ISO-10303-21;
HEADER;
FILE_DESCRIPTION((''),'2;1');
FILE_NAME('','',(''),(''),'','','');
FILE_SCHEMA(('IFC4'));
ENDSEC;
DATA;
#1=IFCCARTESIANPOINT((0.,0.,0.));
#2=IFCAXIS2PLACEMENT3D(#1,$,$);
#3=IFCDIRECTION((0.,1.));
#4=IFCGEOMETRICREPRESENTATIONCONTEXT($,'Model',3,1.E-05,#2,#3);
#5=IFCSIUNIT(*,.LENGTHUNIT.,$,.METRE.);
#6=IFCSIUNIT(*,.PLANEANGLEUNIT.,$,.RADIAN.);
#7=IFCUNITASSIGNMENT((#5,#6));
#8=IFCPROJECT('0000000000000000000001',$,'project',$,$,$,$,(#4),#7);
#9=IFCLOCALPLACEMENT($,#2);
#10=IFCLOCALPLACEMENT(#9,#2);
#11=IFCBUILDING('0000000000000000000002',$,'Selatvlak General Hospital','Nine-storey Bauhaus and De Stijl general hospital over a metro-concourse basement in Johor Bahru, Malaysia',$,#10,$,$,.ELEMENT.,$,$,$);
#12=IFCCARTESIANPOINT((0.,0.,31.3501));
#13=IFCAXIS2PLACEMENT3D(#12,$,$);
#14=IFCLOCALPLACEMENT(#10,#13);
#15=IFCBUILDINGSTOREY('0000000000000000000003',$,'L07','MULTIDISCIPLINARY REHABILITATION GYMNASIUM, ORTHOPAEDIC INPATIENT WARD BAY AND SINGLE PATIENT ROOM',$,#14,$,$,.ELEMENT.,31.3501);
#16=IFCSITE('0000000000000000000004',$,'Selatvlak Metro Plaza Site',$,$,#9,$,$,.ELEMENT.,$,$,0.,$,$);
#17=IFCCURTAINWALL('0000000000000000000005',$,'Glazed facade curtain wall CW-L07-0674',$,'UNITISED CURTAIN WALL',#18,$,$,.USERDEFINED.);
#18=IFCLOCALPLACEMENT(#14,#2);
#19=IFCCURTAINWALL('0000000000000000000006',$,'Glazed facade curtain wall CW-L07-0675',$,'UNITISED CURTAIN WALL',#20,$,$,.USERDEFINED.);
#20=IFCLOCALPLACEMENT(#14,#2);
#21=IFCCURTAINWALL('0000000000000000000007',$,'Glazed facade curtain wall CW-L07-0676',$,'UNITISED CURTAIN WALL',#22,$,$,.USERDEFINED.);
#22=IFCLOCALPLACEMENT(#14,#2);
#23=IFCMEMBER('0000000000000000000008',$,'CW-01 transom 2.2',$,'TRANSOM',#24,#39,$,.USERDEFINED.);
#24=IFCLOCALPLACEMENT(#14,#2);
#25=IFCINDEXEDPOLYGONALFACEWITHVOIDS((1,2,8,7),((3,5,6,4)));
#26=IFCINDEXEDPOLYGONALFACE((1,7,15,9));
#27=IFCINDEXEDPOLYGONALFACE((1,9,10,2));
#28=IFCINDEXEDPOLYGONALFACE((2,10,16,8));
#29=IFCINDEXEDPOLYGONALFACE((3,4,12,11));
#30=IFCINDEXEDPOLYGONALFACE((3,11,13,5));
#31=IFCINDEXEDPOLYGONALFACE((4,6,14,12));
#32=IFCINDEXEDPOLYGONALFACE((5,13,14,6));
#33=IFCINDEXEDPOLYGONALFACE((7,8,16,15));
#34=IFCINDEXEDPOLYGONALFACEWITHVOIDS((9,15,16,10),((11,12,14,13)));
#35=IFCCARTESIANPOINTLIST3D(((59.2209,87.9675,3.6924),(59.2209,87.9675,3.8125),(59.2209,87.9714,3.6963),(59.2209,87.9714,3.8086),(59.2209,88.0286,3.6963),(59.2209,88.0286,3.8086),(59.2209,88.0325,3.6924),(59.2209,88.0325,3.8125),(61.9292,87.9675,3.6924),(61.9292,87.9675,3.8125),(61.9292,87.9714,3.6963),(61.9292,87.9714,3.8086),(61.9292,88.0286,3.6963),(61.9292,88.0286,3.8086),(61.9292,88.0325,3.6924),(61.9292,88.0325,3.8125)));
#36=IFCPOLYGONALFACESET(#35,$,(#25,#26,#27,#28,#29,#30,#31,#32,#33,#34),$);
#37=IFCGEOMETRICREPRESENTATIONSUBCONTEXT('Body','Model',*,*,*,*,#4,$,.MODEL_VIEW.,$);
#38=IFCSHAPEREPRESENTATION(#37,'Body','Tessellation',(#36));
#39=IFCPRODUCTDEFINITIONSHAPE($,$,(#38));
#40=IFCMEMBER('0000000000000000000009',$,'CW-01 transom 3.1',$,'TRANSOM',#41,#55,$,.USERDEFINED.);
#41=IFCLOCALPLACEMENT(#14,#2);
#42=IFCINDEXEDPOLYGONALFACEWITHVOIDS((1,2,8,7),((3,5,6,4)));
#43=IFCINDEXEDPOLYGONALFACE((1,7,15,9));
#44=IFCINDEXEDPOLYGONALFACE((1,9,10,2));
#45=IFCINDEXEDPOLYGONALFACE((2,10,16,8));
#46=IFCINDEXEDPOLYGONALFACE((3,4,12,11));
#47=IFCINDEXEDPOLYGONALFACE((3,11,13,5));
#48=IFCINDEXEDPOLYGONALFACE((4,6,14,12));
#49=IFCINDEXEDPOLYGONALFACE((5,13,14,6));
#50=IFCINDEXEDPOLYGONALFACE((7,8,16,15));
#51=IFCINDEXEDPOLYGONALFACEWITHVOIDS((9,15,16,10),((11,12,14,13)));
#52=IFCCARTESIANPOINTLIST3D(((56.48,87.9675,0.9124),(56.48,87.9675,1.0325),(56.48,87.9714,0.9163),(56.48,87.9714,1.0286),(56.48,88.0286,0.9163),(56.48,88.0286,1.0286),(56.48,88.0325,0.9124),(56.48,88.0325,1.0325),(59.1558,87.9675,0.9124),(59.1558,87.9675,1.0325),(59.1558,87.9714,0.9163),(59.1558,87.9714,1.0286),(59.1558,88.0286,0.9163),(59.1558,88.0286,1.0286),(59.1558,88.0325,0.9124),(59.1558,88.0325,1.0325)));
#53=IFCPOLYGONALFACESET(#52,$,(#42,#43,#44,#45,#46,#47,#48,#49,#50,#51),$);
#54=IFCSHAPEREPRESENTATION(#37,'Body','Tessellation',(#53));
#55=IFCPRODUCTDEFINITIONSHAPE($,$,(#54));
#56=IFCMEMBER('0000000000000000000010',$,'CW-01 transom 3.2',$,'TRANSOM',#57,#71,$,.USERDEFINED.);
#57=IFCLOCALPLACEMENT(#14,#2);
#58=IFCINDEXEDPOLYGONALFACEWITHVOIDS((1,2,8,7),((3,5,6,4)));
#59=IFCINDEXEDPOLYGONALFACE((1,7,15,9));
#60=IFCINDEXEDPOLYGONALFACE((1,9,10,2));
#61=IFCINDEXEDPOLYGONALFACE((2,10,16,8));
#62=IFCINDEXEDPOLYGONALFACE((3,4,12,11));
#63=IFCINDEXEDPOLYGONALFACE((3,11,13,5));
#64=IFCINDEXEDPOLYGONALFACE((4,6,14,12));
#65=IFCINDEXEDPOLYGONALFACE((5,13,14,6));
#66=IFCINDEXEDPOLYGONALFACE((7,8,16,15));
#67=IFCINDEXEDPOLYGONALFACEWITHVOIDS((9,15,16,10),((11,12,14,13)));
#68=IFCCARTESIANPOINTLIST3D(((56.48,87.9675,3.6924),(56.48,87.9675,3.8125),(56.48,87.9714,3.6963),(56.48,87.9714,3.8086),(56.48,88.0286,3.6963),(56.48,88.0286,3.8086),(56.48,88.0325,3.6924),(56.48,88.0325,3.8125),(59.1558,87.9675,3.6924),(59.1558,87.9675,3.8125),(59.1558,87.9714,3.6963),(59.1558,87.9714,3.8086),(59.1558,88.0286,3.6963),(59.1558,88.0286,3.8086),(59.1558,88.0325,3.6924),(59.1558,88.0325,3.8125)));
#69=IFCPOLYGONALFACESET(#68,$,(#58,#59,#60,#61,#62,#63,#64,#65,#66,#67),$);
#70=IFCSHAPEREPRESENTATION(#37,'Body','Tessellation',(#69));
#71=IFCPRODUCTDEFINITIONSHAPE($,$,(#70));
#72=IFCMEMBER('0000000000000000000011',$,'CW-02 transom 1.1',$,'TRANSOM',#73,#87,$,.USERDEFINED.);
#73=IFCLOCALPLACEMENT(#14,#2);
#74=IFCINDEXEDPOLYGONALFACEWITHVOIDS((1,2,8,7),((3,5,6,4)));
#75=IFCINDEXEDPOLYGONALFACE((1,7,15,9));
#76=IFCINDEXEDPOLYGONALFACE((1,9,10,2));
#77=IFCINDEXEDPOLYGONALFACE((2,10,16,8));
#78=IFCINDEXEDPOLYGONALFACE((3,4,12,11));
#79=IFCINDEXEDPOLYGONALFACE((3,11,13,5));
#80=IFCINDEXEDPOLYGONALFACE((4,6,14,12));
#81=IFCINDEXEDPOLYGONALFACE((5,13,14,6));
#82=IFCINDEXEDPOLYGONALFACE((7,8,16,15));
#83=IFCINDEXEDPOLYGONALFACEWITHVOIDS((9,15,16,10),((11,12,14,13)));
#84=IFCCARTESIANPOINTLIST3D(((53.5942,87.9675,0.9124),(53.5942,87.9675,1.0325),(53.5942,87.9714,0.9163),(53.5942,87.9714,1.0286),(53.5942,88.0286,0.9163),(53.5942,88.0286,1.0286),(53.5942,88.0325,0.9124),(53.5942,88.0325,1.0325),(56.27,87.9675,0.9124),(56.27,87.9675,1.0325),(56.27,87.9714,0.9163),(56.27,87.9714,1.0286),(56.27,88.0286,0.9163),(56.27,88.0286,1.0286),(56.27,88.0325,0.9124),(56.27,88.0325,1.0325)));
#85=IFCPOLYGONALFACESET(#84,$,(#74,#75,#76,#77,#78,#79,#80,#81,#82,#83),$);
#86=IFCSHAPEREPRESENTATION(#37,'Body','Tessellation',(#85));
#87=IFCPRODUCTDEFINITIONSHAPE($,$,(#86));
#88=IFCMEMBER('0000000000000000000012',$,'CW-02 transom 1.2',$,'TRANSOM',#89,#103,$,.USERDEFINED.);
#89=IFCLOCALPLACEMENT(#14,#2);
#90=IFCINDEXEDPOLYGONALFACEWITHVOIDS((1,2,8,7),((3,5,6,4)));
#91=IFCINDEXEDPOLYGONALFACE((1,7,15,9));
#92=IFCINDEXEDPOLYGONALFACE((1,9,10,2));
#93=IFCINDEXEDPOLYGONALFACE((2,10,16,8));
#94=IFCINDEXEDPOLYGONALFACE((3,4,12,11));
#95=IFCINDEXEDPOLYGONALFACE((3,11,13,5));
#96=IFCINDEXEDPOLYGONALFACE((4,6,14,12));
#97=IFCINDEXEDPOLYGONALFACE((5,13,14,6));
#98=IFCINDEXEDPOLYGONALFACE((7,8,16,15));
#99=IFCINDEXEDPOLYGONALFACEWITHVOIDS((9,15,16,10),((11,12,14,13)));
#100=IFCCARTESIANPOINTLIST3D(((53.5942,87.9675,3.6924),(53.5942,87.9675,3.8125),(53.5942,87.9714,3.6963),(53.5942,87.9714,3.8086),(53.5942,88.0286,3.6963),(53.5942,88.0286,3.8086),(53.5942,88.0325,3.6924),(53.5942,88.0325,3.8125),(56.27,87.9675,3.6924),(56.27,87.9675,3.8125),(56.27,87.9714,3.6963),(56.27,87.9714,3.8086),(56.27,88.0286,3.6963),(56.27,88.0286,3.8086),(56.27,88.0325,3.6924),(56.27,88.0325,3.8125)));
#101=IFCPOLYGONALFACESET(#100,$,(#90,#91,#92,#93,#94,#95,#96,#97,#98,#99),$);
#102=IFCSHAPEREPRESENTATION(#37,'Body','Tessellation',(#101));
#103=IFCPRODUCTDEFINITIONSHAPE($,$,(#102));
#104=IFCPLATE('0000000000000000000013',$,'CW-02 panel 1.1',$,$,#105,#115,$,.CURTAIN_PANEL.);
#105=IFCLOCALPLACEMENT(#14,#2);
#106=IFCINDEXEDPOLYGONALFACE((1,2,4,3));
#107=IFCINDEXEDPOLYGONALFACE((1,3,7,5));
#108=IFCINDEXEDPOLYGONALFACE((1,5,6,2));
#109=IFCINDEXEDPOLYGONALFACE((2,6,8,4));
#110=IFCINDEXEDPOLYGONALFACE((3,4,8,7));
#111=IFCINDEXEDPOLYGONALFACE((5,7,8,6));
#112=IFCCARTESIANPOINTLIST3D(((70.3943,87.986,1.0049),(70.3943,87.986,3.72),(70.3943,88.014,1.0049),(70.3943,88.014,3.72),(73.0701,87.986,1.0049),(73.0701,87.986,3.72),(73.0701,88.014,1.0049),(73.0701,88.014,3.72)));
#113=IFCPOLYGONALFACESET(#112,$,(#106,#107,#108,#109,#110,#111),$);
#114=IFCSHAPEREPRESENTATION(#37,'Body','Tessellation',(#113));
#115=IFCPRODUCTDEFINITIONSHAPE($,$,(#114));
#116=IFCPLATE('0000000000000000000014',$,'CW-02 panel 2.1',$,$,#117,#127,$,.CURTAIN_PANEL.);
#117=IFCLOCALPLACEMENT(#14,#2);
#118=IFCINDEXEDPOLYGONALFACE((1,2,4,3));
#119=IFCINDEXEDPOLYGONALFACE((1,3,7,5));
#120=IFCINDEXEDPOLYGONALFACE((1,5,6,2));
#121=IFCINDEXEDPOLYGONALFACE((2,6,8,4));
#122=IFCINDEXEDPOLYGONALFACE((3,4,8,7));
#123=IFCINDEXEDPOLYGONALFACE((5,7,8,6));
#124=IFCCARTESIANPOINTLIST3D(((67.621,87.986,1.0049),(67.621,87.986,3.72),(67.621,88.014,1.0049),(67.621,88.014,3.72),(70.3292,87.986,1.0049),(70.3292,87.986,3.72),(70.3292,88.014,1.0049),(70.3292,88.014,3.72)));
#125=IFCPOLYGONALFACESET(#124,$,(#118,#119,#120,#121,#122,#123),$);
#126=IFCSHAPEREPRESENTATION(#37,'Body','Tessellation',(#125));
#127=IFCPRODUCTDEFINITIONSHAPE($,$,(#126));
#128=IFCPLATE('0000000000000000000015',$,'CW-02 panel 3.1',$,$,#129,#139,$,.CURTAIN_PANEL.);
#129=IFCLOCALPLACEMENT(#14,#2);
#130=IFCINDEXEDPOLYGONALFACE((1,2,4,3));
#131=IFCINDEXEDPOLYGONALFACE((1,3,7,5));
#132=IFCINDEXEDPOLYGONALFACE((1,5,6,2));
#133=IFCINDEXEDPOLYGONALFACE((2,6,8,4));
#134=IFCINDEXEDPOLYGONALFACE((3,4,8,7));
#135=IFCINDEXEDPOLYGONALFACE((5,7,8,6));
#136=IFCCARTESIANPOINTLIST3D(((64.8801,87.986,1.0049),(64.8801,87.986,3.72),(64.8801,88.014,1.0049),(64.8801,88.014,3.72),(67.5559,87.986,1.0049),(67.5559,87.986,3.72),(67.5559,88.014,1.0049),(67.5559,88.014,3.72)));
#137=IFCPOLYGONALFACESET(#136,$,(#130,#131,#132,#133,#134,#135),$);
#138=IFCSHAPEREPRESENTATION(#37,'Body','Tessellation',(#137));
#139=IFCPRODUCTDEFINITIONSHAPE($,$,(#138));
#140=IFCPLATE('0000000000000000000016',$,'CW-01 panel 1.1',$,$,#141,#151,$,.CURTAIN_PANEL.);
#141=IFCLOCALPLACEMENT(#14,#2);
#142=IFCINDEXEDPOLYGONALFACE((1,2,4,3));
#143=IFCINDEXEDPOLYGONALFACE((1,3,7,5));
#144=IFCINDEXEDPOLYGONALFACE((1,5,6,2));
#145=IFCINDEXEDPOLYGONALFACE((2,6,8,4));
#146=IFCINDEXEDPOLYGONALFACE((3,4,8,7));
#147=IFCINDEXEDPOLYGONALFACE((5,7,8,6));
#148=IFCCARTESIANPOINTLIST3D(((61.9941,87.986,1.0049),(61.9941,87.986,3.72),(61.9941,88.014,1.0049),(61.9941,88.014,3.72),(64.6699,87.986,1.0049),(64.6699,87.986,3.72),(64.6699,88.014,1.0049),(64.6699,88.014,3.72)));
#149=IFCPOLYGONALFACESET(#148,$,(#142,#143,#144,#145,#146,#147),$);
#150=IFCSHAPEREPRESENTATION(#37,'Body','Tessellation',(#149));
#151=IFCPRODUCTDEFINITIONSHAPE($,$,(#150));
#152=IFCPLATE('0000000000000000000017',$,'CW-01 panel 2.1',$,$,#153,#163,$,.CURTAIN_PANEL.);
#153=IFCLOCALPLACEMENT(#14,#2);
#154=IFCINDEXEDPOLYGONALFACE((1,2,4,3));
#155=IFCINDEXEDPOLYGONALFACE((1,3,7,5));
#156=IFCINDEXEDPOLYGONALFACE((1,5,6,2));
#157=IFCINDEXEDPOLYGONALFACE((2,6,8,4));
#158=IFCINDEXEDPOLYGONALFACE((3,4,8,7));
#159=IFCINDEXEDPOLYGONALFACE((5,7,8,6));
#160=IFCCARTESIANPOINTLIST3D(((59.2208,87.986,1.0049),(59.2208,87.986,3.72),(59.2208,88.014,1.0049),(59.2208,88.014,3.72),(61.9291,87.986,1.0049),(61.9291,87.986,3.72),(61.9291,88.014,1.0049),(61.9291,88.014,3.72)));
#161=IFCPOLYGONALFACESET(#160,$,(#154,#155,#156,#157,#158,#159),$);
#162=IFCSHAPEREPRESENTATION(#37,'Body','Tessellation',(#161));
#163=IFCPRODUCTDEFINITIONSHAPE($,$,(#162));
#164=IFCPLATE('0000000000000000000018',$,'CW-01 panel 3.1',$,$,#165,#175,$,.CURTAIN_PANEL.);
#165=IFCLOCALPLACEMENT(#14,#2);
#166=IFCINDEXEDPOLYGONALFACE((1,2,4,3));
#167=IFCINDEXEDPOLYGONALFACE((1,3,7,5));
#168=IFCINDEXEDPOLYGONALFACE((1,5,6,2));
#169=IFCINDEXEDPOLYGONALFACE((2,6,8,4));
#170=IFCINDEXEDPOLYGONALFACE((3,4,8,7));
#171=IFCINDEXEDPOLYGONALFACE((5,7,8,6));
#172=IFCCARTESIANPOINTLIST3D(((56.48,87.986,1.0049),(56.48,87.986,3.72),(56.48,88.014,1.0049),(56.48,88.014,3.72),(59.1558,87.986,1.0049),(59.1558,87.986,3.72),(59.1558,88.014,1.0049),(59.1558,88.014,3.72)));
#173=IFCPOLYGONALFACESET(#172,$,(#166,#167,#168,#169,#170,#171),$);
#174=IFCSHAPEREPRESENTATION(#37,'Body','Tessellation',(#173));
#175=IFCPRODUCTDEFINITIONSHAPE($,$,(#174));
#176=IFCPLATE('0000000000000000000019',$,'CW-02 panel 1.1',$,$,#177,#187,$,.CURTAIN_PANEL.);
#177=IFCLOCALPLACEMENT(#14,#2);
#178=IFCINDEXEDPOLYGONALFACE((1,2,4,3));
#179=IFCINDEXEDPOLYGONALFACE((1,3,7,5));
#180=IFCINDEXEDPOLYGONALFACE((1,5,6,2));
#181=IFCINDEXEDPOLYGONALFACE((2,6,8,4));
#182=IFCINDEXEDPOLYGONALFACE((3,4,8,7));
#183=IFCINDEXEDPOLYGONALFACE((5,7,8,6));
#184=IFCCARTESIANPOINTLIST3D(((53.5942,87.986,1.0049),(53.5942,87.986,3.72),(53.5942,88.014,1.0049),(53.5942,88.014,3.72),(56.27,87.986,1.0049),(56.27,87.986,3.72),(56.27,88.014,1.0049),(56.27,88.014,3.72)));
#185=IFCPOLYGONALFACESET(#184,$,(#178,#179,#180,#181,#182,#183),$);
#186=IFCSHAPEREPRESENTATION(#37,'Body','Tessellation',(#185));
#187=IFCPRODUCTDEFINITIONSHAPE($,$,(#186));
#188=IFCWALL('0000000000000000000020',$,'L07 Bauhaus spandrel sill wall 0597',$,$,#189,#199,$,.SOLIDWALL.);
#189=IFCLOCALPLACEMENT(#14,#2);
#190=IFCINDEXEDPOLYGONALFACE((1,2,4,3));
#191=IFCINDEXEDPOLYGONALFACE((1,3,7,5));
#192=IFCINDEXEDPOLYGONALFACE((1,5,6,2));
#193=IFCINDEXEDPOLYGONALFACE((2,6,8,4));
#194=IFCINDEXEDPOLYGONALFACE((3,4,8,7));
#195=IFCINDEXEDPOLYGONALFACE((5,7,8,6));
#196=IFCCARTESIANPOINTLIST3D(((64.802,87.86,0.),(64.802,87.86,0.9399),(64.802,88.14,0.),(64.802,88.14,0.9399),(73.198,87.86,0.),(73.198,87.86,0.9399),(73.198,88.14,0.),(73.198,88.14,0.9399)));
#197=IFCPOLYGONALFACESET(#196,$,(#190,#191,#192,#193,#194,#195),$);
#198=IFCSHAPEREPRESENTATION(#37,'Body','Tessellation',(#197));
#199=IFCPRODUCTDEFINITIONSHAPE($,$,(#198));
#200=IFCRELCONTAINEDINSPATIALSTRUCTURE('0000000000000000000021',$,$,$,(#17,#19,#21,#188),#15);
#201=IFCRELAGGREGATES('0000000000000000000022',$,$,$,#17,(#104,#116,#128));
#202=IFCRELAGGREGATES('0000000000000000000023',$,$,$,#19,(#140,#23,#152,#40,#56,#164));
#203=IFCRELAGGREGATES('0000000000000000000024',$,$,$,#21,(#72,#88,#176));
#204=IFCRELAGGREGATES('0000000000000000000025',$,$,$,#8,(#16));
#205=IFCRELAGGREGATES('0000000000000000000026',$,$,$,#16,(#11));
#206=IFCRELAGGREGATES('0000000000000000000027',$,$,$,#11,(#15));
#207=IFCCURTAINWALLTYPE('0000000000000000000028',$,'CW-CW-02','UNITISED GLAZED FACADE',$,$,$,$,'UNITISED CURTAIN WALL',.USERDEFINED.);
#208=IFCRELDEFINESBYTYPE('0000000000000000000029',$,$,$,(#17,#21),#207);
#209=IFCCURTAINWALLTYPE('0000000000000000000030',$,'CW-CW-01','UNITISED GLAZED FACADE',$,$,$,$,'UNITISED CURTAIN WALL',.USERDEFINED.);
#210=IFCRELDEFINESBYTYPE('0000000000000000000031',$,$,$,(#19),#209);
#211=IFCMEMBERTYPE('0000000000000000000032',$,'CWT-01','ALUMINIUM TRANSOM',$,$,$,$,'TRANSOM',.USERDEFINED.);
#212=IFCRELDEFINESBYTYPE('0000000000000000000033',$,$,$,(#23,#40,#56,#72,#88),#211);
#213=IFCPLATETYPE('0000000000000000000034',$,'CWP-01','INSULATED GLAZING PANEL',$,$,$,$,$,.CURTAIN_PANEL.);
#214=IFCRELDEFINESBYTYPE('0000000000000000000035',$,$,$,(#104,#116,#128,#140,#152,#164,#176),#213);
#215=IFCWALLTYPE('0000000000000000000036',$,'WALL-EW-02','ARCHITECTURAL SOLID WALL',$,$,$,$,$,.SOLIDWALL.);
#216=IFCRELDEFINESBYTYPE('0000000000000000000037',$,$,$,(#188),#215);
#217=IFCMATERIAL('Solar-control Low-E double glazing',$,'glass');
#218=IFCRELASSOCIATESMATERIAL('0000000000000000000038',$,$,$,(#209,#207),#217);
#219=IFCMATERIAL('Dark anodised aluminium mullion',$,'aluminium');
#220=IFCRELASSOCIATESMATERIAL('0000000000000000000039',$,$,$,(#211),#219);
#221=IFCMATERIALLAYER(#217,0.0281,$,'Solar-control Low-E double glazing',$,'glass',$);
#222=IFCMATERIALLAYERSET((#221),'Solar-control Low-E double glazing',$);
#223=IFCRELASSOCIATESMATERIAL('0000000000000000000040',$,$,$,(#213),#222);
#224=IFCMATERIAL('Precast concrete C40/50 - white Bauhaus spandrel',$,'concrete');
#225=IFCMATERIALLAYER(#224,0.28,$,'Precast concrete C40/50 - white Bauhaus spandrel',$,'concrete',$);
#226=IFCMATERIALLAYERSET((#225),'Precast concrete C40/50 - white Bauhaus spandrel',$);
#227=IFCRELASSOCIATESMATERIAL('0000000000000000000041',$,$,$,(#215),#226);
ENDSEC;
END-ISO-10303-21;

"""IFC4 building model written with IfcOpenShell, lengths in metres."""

from ifc_helpers import new_model, si_unit, direction, frame, frame_2d, origin, origin_2d, place, context, subcontext, project, spatial, rectangle, hollow_rectangle, extrude, material, layer, layer_set, material_profile, profile_set, type_object, element, aggregate, save


model = new_model("IFC4")

# Units and contexts
model_context = context("Model", 3, precision=1e-05, world=origin(), true_north=direction((0.0, 1.0)))
body_context = subcontext(model_context, "Body", "Model", "MODEL_VIEW")
ifc_project = project(units=[si_unit("LENGTHUNIT", "METRE"), si_unit("PLANEANGLEUNIT", "RADIAN")], contexts=[model_context])

# Site, building, storey
site_placement = place(None, origin())
site = spatial("IfcSite", under=ifc_project, at=site_placement, Name="Selatvlak Metro Plaza Site", CompositionType="ELEMENT", RefElevation=0.0)
building_placement = place(site_placement, origin())
building = spatial("IfcBuilding", under=site, at=building_placement, Name="Selatvlak General Hospital", Description="Nine-storey Bauhaus and De Stijl general hospital over a metro-concourse basement in Johor Bahru, Malaysia", CompositionType="ELEMENT")
storey_placement = place(building_placement, frame((0.0, 0.0, 31.3501)))
storey = spatial("IfcBuildingStorey", under=building, at=storey_placement, Name="L07", Description="MULTIDISCIPLINARY REHABILITATION GYMNASIUM, ORTHOPAEDIC INPATIENT WARD BAY AND SINGLE PATIENT ROOM", CompositionType="ELEMENT", Elevation=31.3501)

# Shared definitions
ifc_material_1 = material(Name="Solar-control Low-E double glazing", Category="glass")
curtain_wall_type_1 = type_object("IfcCurtainWallType", Name="CW-CW-01", Description="UNITISED GLAZED FACADE", ElementType="UNITISED CURTAIN WALL", PredefinedType="USERDEFINED", material=ifc_material_1)
ifc_material_2 = material(Name="Dark anodised aluminium mullion", Category="aluminium")

# Curtain walls
curtain_wall_type_2 = type_object("IfcCurtainWallType", Name="CW-CW-02", Description="UNITISED GLAZED FACADE", ElementType="UNITISED CURTAIN WALL", PredefinedType="USERDEFINED", material=ifc_material_1)
curtain_wall_1_placement = place(storey_placement, origin())
curtain_wall_1 = element("IfcCurtainWall", 1, at=curtain_wall_1_placement, inside=storey, type_object=curtain_wall_type_2, Name="Glazed facade curtain wall CW-L07-0674", ObjectType="UNITISED CURTAIN WALL", PredefinedType="USERDEFINED")
curtain_wall_2_placement = place(storey_placement, origin())
curtain_wall_2 = element("IfcCurtainWall", 2, at=curtain_wall_2_placement, inside=storey, type_object=curtain_wall_type_1, Name="Glazed facade curtain wall CW-L07-0675", ObjectType="UNITISED CURTAIN WALL", PredefinedType="USERDEFINED")

# Curtain wall
curtain_wall_3_placement = place(storey_placement, origin())
curtain_wall_3 = element("IfcCurtainWall", 3, at=curtain_wall_3_placement, inside=storey, type_object=curtain_wall_type_2, Name="Glazed facade curtain wall CW-L07-0676", ObjectType="UNITISED CURTAIN WALL", PredefinedType="USERDEFINED")

# Members
ifc_material_profile_1 = material_profile(ifc_material_2, hollow_rectangle(XDim=0.0649, YDim=0.1201, WallThickness=0.0039, at=origin_2d()), Name="AL-TRN 65x120x4")
ifc_profile_set_1 = profile_set([ifc_material_profile_1], Name="Dark anodised aluminium mullion")
member_type_1 = type_object("IfcMemberType", Name="CWT-01", Description="ALUMINIUM TRANSOM", ElementType="TRANSOM", PredefinedType="USERDEFINED", material=ifc_profile_set_1)
member_1_placement = place(storey_placement, frame((61.9292, 88.0, 3.7524), z_axis=(-1.0, 0.0, 0.0), x_axis=(0.0, -1.0, 0.0)))
member_1 = element("IfcMember", 4, at=member_1_placement, type_object=member_type_1, Name="CW-01 transom 2.2", ObjectType="TRANSOM", PredefinedType="USERDEFINED", context=body_context, shape_type="SweptSolid", body=[
    extrude(hollow_rectangle(XDim=0.0649, YDim=0.1201, WallThickness=0.0039, at=origin_2d()), origin(), (0.0, 0.0, 1.0), 2.7083),
])
member_2_placement = place(storey_placement, frame((59.1558, 88.0, 0.9724), z_axis=(-1.0, 0.0, 0.0), x_axis=(0.0, -1.0, 0.0)))
member_2 = element("IfcMember", 5, at=member_2_placement, type_object=member_type_1, Name="CW-01 transom 3.1", ObjectType="TRANSOM", PredefinedType="USERDEFINED", context=body_context, shape_type="SweptSolid", body=[
    extrude(hollow_rectangle(XDim=0.0649, YDim=0.1201, WallThickness=0.0039, at=origin_2d()), origin(), (0.0, 0.0, 1.0), 2.6758),
])
member_3_placement = place(storey_placement, frame((59.1558, 88.0, 3.7524), z_axis=(-1.0, 0.0, 0.0), x_axis=(0.0, -1.0, 0.0)))
member_3 = element("IfcMember", 6, at=member_3_placement, type_object=member_type_1, Name="CW-01 transom 3.2", ObjectType="TRANSOM", PredefinedType="USERDEFINED", context=body_context, shape_type="SweptSolid", body=[
    extrude(hollow_rectangle(XDim=0.0649, YDim=0.1201, WallThickness=0.0039, at=origin_2d()), origin(), (0.0, 0.0, 1.0), 2.6758),
])
member_4_placement = place(storey_placement, frame((56.27, 88.0, 0.9724), z_axis=(-1.0, 0.0, 0.0), x_axis=(0.0, -1.0, 0.0)))
member_4 = element("IfcMember", 7, at=member_4_placement, type_object=member_type_1, Name="CW-02 transom 1.1", ObjectType="TRANSOM", PredefinedType="USERDEFINED", context=body_context, shape_type="SweptSolid", body=[
    extrude(hollow_rectangle(XDim=0.0649, YDim=0.1201, WallThickness=0.0039, at=origin_2d()), origin(), (0.0, 0.0, 1.0), 2.6758),
])
member_5_placement = place(storey_placement, frame((56.27, 88.0, 3.7524), z_axis=(-1.0, 0.0, 0.0), x_axis=(0.0, -1.0, 0.0)))
member_5 = element("IfcMember", 8, at=member_5_placement, type_object=member_type_1, Name="CW-02 transom 1.2", ObjectType="TRANSOM", PredefinedType="USERDEFINED", context=body_context, shape_type="SweptSolid", body=[
    extrude(hollow_rectangle(XDim=0.0649, YDim=0.1201, WallThickness=0.0039, at=origin_2d()), origin(), (0.0, 0.0, 1.0), 2.6758),
])

# Plates
ifc_layer_1 = layer(ifc_material_1, 0.0281, Name="Solar-control Low-E double glazing", Category="glass")
ifc_layer_set_1 = layer_set([ifc_layer_1], Name="Solar-control Low-E double glazing")
plate_type = type_object("IfcPlateType", Name="CWP-01", Description="INSULATED GLAZING PANEL", PredefinedType="CURTAIN_PANEL", material=ifc_layer_set_1)
plate_1_placement = place(storey_placement, frame((71.7322, 88.0, 1.0049), z_axis=(0.0, 0.0, 1.0), x_axis=(-1.0, 0.0, 0.0)))
plate_1 = element("IfcPlate", 9, at=plate_1_placement, type_object=plate_type, Name="CW-02 panel 1.1", PredefinedType="CURTAIN_PANEL", context=body_context, shape_type="SweptSolid", body=[
    extrude(rectangle(XDim=2.6758, YDim=0.0281, at=origin_2d()), origin(), (0.0, 0.0, 1.0), 2.7151),
])
plate_2_placement = place(storey_placement, frame((68.9751, 88.0, 1.0049), z_axis=(0.0, 0.0, 1.0), x_axis=(-1.0, 0.0, 0.0)))
plate_2 = element("IfcPlate", 10, at=plate_2_placement, type_object=plate_type, Name="CW-02 panel 2.1", PredefinedType="CURTAIN_PANEL", context=body_context, shape_type="SweptSolid", body=[
    extrude(rectangle(XDim=2.7083, YDim=0.0281, at=origin_2d()), origin(), (0.0, 0.0, 1.0), 2.7151),
])
plate_3_placement = place(storey_placement, frame((66.218, 88.0, 1.0049), z_axis=(0.0, 0.0, 1.0), x_axis=(-1.0, 0.0, 0.0)))
plate_3 = element("IfcPlate", 11, at=plate_3_placement, type_object=plate_type, Name="CW-02 panel 3.1", PredefinedType="CURTAIN_PANEL", context=body_context, shape_type="SweptSolid", body=[
    extrude(rectangle(XDim=2.6758, YDim=0.0281, at=origin_2d()), origin(), (0.0, 0.0, 1.0), 2.7151),
])
aggregate(curtain_wall_1, [plate_1, plate_2, plate_3])
plate_4_placement = place(storey_placement, frame((63.332, 88.0, 1.0049), z_axis=(0.0, 0.0, 1.0), x_axis=(-1.0, 0.0, 0.0)))
plate_4 = element("IfcPlate", 12, at=plate_4_placement, type_object=plate_type, Name="CW-01 panel 1.1", PredefinedType="CURTAIN_PANEL", context=body_context, shape_type="SweptSolid", body=[
    extrude(rectangle(XDim=2.6758, YDim=0.0281, at=origin_2d()), origin(), (0.0, 0.0, 1.0), 2.7151),
])
plate_5_placement = place(storey_placement, frame((60.575, 88.0, 1.0049), z_axis=(0.0, 0.0, 1.0), x_axis=(-1.0, 0.0, 0.0)))
plate_5 = element("IfcPlate", 13, at=plate_5_placement, type_object=plate_type, Name="CW-01 panel 2.1", PredefinedType="CURTAIN_PANEL", context=body_context, shape_type="SweptSolid", body=[
    extrude(rectangle(XDim=2.7083, YDim=0.0281, at=origin_2d()), origin(), (0.0, 0.0, 1.0), 2.7151),
])
plate_6_placement = place(storey_placement, frame((57.8179, 88.0, 1.0049), z_axis=(0.0, 0.0, 1.0), x_axis=(-1.0, 0.0, 0.0)))
plate_6 = element("IfcPlate", 14, at=plate_6_placement, type_object=plate_type, Name="CW-01 panel 3.1", PredefinedType="CURTAIN_PANEL", context=body_context, shape_type="SweptSolid", body=[
    extrude(rectangle(XDim=2.6758, YDim=0.0281, at=origin_2d()), origin(), (0.0, 0.0, 1.0), 2.7151),
])
aggregate(curtain_wall_2, [plate_4, member_1, plate_5, member_2, member_3, plate_6])
plate_7_placement = place(storey_placement, frame((54.9321, 88.0, 1.0049), z_axis=(0.0, 0.0, 1.0), x_axis=(-1.0, 0.0, 0.0)))
plate_7 = element("IfcPlate", 15, at=plate_7_placement, type_object=plate_type, Name="CW-02 panel 1.1", PredefinedType="CURTAIN_PANEL", context=body_context, shape_type="SweptSolid", body=[
    extrude(rectangle(XDim=2.6758, YDim=0.0281, at=origin_2d()), origin(), (0.0, 0.0, 1.0), 2.7151),
])
aggregate(curtain_wall_3, [member_4, member_5, plate_7])

# Wall
ifc_material_3 = material(Name="Precast concrete C40/50 - white Bauhaus spandrel", Category="concrete")
ifc_layer_2 = layer(ifc_material_3, 0.28, Name="Precast concrete C40/50 - white Bauhaus spandrel", Category="concrete")
ifc_layer_set_2 = layer_set([ifc_layer_2], Name="Precast concrete C40/50 - white Bauhaus spandrel")
wall_type = type_object("IfcWallType", Name="WALL-EW-02", Description="ARCHITECTURAL SOLID WALL", PredefinedType="SOLIDWALL", material=ifc_layer_set_2)
for number, where, z_axis, x_axis, name in (
    (16, (73.198, 88.0, 0.0), (0.0, 0.0, 1.0), (-1.0, 0.0, 0.0), "L07 Bauhaus spandrel sill wall 0597"),
):
    element("IfcWall", number, at=place(storey_placement, frame(where, z_axis=z_axis, x_axis=x_axis)), inside=storey, type_object=wall_type, Name=name, PredefinedType="SOLIDWALL", context=body_context, shape_type="SweptSolid", body=[
        extrude(rectangle(XDim=8.396, YDim=0.28, at=frame_2d((4.198, 0.0))), origin(), (0.0, 0.0, 1.0), 0.9399),
    ])

save(model, "model.ifc")
